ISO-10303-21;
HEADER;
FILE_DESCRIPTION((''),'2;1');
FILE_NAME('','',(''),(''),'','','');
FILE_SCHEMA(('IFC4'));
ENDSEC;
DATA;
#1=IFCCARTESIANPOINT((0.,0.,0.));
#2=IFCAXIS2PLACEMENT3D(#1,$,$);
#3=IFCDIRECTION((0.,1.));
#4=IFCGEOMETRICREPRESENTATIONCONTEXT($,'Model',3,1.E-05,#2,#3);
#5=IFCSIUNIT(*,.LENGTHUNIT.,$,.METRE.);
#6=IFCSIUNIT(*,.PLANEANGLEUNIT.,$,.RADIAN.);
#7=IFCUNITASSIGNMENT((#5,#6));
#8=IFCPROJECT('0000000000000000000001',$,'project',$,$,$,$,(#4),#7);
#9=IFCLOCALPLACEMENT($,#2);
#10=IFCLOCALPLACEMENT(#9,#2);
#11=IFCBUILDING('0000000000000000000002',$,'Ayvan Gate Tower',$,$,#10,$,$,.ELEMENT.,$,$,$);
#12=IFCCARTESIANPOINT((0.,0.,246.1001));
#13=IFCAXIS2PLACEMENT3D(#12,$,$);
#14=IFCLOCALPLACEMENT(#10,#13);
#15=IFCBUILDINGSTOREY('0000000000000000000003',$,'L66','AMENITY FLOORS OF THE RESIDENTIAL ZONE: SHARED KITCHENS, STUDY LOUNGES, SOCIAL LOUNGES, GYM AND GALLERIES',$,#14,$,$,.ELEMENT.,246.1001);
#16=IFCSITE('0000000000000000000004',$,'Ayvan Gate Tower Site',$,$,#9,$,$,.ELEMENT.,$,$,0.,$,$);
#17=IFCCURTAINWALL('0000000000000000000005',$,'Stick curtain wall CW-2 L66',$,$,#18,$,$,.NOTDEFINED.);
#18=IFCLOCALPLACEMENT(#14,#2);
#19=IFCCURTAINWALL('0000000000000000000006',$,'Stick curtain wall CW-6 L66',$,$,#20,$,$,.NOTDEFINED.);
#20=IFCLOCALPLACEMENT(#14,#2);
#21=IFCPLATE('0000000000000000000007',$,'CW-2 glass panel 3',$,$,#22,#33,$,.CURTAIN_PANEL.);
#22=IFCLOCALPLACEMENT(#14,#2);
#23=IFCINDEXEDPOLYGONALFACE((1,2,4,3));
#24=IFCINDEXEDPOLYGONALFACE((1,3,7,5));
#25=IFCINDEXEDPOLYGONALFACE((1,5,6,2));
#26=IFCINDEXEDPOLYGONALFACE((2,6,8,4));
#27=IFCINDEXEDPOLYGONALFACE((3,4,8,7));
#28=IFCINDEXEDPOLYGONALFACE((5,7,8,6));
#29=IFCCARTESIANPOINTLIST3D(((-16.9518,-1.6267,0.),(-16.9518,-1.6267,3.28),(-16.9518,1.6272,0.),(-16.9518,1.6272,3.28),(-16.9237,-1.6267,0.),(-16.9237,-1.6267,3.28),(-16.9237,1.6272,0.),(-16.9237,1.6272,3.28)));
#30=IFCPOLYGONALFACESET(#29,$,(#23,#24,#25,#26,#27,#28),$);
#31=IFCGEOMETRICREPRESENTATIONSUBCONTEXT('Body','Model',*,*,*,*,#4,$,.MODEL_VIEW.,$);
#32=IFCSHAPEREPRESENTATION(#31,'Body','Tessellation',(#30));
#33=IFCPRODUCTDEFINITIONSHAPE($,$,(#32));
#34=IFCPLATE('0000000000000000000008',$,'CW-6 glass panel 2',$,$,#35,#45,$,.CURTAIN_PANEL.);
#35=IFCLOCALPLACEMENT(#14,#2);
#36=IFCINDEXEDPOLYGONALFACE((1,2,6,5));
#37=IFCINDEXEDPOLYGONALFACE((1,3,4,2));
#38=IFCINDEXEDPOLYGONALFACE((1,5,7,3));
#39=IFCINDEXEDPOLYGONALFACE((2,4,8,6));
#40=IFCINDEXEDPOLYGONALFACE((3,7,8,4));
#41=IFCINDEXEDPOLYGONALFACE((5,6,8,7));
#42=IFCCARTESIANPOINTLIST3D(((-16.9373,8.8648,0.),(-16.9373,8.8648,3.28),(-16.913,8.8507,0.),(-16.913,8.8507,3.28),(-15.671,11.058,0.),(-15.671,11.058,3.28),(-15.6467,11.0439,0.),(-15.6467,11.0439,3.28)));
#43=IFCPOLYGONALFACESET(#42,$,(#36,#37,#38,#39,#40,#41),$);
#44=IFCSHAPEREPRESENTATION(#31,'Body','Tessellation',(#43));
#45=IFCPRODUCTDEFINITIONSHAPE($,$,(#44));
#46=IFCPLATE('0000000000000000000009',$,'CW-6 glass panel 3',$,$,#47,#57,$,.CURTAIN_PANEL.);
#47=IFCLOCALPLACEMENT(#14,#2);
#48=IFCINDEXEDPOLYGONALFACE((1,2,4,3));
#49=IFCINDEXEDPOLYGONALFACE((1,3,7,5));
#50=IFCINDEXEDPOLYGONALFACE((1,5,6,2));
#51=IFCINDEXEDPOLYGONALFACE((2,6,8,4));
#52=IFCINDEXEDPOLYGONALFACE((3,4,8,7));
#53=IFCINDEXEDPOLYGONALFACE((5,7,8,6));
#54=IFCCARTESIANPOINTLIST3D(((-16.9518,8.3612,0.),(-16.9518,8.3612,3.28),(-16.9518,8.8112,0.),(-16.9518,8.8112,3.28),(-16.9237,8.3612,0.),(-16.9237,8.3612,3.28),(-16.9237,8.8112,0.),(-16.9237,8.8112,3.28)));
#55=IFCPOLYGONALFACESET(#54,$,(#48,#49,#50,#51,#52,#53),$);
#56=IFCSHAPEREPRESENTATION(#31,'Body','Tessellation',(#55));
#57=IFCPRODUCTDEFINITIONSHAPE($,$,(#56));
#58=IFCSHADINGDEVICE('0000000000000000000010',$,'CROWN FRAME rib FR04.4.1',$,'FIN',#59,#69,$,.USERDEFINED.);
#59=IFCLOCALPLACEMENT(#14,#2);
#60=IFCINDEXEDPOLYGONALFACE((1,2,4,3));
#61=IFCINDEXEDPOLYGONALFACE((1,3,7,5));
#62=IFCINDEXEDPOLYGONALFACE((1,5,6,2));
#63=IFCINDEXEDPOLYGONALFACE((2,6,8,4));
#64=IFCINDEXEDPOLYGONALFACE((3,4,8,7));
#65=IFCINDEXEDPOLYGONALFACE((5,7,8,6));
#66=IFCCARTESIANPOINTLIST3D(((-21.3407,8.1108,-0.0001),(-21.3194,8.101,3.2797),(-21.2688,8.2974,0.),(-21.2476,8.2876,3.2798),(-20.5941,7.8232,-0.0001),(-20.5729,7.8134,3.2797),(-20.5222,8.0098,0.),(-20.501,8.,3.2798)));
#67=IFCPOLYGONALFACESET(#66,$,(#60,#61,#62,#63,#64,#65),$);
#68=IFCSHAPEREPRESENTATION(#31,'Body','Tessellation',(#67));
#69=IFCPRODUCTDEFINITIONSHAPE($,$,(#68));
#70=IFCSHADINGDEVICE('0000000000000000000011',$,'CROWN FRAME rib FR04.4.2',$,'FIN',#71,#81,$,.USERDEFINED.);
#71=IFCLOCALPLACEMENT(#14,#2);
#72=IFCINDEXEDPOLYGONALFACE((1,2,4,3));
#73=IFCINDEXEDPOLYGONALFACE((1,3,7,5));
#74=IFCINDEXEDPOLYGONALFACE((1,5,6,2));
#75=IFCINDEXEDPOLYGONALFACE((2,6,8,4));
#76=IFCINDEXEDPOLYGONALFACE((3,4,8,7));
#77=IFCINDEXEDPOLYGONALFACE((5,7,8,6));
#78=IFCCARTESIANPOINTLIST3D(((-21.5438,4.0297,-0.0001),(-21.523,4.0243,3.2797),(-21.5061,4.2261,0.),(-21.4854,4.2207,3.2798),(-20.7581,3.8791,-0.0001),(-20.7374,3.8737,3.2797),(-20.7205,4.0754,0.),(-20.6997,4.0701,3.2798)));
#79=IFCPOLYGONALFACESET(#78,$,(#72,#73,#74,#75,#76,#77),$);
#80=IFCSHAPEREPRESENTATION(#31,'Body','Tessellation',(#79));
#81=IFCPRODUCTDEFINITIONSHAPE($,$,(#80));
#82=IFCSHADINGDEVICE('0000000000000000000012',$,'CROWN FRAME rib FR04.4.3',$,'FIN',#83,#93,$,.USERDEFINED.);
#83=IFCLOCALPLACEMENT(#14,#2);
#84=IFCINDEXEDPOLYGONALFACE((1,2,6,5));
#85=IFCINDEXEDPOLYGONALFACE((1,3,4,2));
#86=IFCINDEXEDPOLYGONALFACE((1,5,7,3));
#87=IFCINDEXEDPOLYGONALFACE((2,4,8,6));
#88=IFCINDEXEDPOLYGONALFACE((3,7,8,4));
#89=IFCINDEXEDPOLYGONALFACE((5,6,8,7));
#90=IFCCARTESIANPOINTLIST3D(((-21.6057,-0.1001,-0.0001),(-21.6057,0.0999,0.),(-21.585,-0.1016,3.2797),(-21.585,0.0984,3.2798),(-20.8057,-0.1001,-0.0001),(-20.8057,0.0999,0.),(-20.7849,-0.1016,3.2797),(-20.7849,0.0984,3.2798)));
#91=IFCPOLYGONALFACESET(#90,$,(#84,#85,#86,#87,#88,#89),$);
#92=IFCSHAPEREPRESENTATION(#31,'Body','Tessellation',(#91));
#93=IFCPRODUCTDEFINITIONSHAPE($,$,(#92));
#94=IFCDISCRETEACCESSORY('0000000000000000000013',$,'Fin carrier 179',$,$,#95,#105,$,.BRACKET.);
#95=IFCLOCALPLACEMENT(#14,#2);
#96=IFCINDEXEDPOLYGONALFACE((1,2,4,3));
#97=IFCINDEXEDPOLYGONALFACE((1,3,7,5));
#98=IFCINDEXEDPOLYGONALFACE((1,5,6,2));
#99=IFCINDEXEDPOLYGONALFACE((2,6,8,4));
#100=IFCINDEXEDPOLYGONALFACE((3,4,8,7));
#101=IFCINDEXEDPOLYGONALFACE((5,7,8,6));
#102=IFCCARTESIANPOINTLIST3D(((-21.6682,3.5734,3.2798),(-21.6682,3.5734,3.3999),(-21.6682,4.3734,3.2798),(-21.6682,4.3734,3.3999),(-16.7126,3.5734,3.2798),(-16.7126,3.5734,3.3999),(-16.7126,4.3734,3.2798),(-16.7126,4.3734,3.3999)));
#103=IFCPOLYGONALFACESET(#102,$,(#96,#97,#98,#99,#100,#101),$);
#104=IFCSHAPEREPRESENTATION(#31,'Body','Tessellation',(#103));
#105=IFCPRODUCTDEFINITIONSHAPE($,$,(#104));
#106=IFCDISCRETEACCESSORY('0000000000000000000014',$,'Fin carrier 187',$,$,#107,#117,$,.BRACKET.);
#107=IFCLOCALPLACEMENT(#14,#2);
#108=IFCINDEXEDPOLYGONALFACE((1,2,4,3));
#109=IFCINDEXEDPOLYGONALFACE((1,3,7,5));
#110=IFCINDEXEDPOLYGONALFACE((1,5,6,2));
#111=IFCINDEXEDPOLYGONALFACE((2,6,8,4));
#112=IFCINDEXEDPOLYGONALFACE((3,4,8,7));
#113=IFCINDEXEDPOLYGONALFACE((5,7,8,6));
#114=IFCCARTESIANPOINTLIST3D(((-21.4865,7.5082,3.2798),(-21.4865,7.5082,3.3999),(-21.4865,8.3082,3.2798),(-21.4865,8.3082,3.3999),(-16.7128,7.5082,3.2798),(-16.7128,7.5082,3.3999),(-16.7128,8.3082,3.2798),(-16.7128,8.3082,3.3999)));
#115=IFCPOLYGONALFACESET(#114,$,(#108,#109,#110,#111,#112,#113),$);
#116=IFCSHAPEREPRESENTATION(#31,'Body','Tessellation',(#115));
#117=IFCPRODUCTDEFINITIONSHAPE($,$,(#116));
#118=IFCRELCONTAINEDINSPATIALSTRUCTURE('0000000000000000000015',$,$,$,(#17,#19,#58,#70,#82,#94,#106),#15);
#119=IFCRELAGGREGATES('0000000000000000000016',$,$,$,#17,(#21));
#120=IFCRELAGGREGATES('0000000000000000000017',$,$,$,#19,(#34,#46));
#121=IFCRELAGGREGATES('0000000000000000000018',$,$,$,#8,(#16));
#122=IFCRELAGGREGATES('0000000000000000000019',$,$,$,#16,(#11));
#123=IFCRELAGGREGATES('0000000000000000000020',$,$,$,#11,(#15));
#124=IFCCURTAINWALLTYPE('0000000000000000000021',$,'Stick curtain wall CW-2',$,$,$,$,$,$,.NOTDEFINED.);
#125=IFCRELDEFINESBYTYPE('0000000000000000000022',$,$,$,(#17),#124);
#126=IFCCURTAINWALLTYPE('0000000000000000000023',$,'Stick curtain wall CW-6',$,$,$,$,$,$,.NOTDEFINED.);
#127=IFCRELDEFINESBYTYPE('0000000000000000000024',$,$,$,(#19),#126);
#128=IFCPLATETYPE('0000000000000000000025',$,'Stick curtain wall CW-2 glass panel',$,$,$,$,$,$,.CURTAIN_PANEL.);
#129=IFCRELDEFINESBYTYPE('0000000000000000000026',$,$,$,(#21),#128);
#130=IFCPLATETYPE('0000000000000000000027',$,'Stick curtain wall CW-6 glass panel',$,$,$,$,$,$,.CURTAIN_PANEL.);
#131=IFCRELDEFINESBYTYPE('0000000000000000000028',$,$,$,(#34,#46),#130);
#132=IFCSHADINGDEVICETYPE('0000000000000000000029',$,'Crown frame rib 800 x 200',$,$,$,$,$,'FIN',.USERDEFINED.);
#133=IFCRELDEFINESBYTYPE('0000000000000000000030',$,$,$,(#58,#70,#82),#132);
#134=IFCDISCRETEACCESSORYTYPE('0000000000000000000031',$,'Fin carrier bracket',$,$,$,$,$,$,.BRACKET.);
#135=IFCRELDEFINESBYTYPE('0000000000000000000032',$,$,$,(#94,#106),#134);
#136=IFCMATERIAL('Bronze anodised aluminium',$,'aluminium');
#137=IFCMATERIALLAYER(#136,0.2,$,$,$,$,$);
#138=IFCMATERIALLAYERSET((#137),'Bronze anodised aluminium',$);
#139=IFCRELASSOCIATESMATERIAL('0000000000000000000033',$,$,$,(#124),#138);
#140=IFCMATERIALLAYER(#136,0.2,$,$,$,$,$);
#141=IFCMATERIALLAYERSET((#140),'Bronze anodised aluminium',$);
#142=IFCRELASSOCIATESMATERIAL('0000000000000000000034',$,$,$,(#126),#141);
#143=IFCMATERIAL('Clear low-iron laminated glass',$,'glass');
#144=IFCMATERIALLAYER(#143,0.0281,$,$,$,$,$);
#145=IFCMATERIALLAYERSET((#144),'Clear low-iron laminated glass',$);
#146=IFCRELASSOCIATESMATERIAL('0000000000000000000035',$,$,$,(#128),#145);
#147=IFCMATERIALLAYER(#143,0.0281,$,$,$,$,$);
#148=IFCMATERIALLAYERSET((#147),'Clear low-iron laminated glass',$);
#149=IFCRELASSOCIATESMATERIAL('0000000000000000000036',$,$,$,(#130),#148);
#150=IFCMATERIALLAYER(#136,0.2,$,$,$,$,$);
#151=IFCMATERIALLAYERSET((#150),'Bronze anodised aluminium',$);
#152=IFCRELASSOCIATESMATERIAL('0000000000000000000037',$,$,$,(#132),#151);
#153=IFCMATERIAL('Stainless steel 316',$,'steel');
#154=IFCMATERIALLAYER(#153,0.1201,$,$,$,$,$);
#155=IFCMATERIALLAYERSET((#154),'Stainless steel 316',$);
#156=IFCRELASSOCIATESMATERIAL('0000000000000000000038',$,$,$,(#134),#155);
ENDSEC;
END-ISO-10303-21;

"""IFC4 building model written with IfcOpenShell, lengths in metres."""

from ifc_helpers import new_model, si_unit, direction, frame, origin, origin_2d, place, context, subcontext, project, spatial, polyline, rectangle, outline, extrude, material, layer, layer_set, type_object, element, aggregate, save


model = new_model("IFC4")

# Units and contexts
model_context = context("Model", 3, precision=1e-05, world=origin(), true_north=direction((0.0, 1.0)))
body_context = subcontext(model_context, "Body", "Model", "MODEL_VIEW")
ifc_project = project(units=[si_unit("LENGTHUNIT", "METRE"), si_unit("PLANEANGLEUNIT", "RADIAN")], contexts=[model_context])

# Site, building, storey
site_placement = place(None, origin())
site = spatial("IfcSite", under=ifc_project, at=site_placement, Name="Ayvan Gate Tower Site", CompositionType="ELEMENT", RefElevation=0.0)
building_placement = place(site_placement, origin())
building = spatial("IfcBuilding", under=site, at=building_placement, Name="Ayvan Gate Tower", CompositionType="ELEMENT")
storey_placement = place(building_placement, frame((0.0, 0.0, 246.1001)))
storey = spatial("IfcBuildingStorey", under=building, at=storey_placement, Name="L66", Description="AMENITY FLOORS OF THE RESIDENTIAL ZONE: SHARED KITCHENS, STUDY LOUNGES, SOCIAL LOUNGES, GYM AND GALLERIES", CompositionType="ELEMENT", Elevation=246.1001)

# Curtain walls
ifc_material_1 = material(Name="Bronze anodised aluminium", Category="aluminium")
ifc_layer_1 = layer(ifc_material_1, 0.2)
ifc_layer_set_1 = layer_set([ifc_layer_1], Name="Bronze anodised aluminium")
curtain_wall_type_1 = type_object("IfcCurtainWallType", Name="Stick curtain wall CW-2", PredefinedType="NOTDEFINED", material=ifc_layer_set_1)
curtain_wall_1_placement = place(storey_placement, origin())
curtain_wall_1 = element("IfcCurtainWall", 1, at=curtain_wall_1_placement, inside=storey, type_object=curtain_wall_type_1, Name="Stick curtain wall CW-2 L66", PredefinedType="NOTDEFINED")
ifc_layer_2 = layer(ifc_material_1, 0.2)
ifc_layer_set_2 = layer_set([ifc_layer_2], Name="Bronze anodised aluminium")
curtain_wall_type_2 = type_object("IfcCurtainWallType", Name="Stick curtain wall CW-6", PredefinedType="NOTDEFINED", material=ifc_layer_set_2)
curtain_wall_2_placement = place(storey_placement, origin())
curtain_wall_2 = element("IfcCurtainWall", 2, at=curtain_wall_2_placement, inside=storey, type_object=curtain_wall_type_2, Name="Stick curtain wall CW-6 L66", PredefinedType="NOTDEFINED")

# Plates
ifc_material_2 = material(Name="Clear low-iron laminated glass", Category="glass")
ifc_layer_3 = layer(ifc_material_2, 0.0281)
ifc_layer_set_3 = layer_set([ifc_layer_3], Name="Clear low-iron laminated glass")
plate_type_1 = type_object("IfcPlateType", Name="Stick curtain wall CW-2 glass panel", PredefinedType="CURTAIN_PANEL", material=ifc_layer_set_3)
plate_1_placement = place(storey_placement, frame((-16.9377, 0.0002, 0.0), z_axis=(0.0, 0.0, 1.0), x_axis=(0.0, -1.0, 0.0)))
plate_1 = element("IfcPlate", 3, at=plate_1_placement, type_object=plate_type_1, Name="CW-2 glass panel 3", PredefinedType="CURTAIN_PANEL", context=body_context, shape_type="SweptSolid", body=[
    extrude(rectangle(XDim=3.2539, YDim=0.0281, at=origin_2d()), origin(), (0.0, 0.0, 1.0), 3.28),
])
aggregate(curtain_wall_1, [plate_1])
ifc_layer_4 = layer(ifc_material_2, 0.0281)
ifc_layer_set_4 = layer_set([ifc_layer_4], Name="Clear low-iron laminated glass")
plate_type_2 = type_object("IfcPlateType", Name="Stick curtain wall CW-6 glass panel", PredefinedType="CURTAIN_PANEL", material=ifc_layer_set_4)
plate_2_placement = place(storey_placement, frame((-16.292, 9.9543, 0.0), z_axis=(0.0, 0.0, 1.0), x_axis=(-0.5, -0.866025, 0.0)))
plate_2 = element("IfcPlate", 4, at=plate_2_placement, type_object=plate_type_2, Name="CW-6 glass panel 2", PredefinedType="CURTAIN_PANEL", context=body_context, shape_type="SweptSolid", body=[
    extrude(rectangle(XDim=2.5325, YDim=0.0281, at=origin_2d()), origin(), (0.0, 0.0, 1.0), 3.28),
])
plate_3_placement = place(storey_placement, frame((-16.9377, 8.5862, 0.0), z_axis=(0.0, 0.0, 1.0), x_axis=(0.0, -1.0, 0.0)))
plate_3 = element("IfcPlate", 5, at=plate_3_placement, type_object=plate_type_2, Name="CW-6 glass panel 3", PredefinedType="CURTAIN_PANEL", context=body_context, shape_type="SweptSolid", body=[
    extrude(rectangle(XDim=0.45, YDim=0.0281, at=origin_2d()), origin(), (0.0, 0.0, 1.0), 3.28),
])
aggregate(curtain_wall_2, [plate_2, plate_3])

# Shading devices
ifc_layer_5 = layer(ifc_material_1, 0.2)
ifc_layer_set_5 = layer_set([ifc_layer_5], Name="Bronze anodised aluminium")
shading_device_type = type_object("IfcShadingDeviceType", Name="Crown frame rib 800 x 200", ElementType="FIN", PredefinedType="USERDEFINED", material=ifc_layer_set_5)
shading_device_1_placement = place(storey_placement, frame((-20.5222, 8.0098, 0.0), z_axis=(0.35947, 0.933157, 0.000451), x_axis=(-0.933157, 0.35947, 0.0)))
element("IfcShadingDevice", 6, at=shading_device_1_placement, inside=storey, type_object=shading_device_type, Name="CROWN FRAME rib FR04.4.1", ObjectType="FIN", PredefinedType="USERDEFINED", context=body_context, shape_type="SweptSolid", body=[
    extrude(outline(polyline([(0.0, 0.0), (0.8001, 0.0), (0.7767, 3.2798), (-0.0233, 3.2798), (0.0, 0.0)])), origin(), (0.0, 0.0, -1.0), 0.2),
])
shading_device_2_placement = place(storey_placement, frame((-20.7205, 4.0754, 0.0), z_axis=(0.188304, 0.982111, 0.000417), x_axis=(-0.982111, 0.188304, 0.0)))
element("IfcShadingDevice", 7, at=shading_device_2_placement, inside=storey, type_object=shading_device_type, Name="CROWN FRAME rib FR04.4.2", ObjectType="FIN", PredefinedType="USERDEFINED", context=body_context, shape_type="SweptSolid", body=[
    extrude(outline(polyline([(0.0, 0.0), (0.8, 0.0), (0.7786, 3.2798), (-0.0214, 3.2798), (0.0, 0.0)])), origin(), (0.0, 0.0, -1.0), 0.2),
])
shading_device_3_placement = place(storey_placement, frame((-20.8057, 0.0999, 0.0), z_axis=(0.0, 1.0, 0.000447), x_axis=(-1.0, 0.0, 0.0)))
element("IfcShadingDevice", 8, at=shading_device_3_placement, inside=storey, type_object=shading_device_type, Name="CROWN FRAME rib FR04.4.3", ObjectType="FIN", PredefinedType="USERDEFINED", context=body_context, shape_type="SweptSolid", body=[
    extrude(outline(polyline([(0.0, 0.0), (0.8, 0.0), (0.7793, 3.2798), (-0.0208, 3.2798), (0.0, 0.0)])), origin(), (0.0, 0.0, -1.0), 0.2),
])

# Discrete accessories
ifc_material_3 = material(Name="Stainless steel 316", Category="steel")
ifc_layer_6 = layer(ifc_material_3, 0.1201)
ifc_layer_set_6 = layer_set([ifc_layer_6], Name="Stainless steel 316")
discrete_accessory_type = type_object("IfcDiscreteAccessoryType", Name="Fin carrier bracket", PredefinedType="BRACKET", material=ifc_layer_set_6)
discrete_accessory_1_placement = place(storey_placement, frame((-19.1904, 3.9734, 3.2798), z_axis=(0.0, 0.0, 1.0), x_axis=(0.0, -1.0, 0.0)))
element("IfcDiscreteAccessory", 9, at=discrete_accessory_1_placement, inside=storey, type_object=discrete_accessory_type, Name="Fin carrier 179", PredefinedType="BRACKET", context=body_context, shape_type="SweptSolid", body=[
    extrude(rectangle(XDim=0.8, YDim=4.9556, at=origin_2d()), origin(), (0.0, 0.0, 1.0), 0.1201),
])
discrete_accessory_2_placement = place(storey_placement, frame((-19.0996, 7.9082, 3.2798), z_axis=(0.0, 0.0, 1.0), x_axis=(0.0, -1.0, 0.0)))
element("IfcDiscreteAccessory", 10, at=discrete_accessory_2_placement, inside=storey, type_object=discrete_accessory_type, Name="Fin carrier 187", PredefinedType="BRACKET", context=body_context, shape_type="SweptSolid", body=[
    extrude(rectangle(XDim=0.8, YDim=4.7737, at=origin_2d()), origin(), (0.0, 0.0, 1.0), 0.1201),
])

save(model, "model.ifc")
